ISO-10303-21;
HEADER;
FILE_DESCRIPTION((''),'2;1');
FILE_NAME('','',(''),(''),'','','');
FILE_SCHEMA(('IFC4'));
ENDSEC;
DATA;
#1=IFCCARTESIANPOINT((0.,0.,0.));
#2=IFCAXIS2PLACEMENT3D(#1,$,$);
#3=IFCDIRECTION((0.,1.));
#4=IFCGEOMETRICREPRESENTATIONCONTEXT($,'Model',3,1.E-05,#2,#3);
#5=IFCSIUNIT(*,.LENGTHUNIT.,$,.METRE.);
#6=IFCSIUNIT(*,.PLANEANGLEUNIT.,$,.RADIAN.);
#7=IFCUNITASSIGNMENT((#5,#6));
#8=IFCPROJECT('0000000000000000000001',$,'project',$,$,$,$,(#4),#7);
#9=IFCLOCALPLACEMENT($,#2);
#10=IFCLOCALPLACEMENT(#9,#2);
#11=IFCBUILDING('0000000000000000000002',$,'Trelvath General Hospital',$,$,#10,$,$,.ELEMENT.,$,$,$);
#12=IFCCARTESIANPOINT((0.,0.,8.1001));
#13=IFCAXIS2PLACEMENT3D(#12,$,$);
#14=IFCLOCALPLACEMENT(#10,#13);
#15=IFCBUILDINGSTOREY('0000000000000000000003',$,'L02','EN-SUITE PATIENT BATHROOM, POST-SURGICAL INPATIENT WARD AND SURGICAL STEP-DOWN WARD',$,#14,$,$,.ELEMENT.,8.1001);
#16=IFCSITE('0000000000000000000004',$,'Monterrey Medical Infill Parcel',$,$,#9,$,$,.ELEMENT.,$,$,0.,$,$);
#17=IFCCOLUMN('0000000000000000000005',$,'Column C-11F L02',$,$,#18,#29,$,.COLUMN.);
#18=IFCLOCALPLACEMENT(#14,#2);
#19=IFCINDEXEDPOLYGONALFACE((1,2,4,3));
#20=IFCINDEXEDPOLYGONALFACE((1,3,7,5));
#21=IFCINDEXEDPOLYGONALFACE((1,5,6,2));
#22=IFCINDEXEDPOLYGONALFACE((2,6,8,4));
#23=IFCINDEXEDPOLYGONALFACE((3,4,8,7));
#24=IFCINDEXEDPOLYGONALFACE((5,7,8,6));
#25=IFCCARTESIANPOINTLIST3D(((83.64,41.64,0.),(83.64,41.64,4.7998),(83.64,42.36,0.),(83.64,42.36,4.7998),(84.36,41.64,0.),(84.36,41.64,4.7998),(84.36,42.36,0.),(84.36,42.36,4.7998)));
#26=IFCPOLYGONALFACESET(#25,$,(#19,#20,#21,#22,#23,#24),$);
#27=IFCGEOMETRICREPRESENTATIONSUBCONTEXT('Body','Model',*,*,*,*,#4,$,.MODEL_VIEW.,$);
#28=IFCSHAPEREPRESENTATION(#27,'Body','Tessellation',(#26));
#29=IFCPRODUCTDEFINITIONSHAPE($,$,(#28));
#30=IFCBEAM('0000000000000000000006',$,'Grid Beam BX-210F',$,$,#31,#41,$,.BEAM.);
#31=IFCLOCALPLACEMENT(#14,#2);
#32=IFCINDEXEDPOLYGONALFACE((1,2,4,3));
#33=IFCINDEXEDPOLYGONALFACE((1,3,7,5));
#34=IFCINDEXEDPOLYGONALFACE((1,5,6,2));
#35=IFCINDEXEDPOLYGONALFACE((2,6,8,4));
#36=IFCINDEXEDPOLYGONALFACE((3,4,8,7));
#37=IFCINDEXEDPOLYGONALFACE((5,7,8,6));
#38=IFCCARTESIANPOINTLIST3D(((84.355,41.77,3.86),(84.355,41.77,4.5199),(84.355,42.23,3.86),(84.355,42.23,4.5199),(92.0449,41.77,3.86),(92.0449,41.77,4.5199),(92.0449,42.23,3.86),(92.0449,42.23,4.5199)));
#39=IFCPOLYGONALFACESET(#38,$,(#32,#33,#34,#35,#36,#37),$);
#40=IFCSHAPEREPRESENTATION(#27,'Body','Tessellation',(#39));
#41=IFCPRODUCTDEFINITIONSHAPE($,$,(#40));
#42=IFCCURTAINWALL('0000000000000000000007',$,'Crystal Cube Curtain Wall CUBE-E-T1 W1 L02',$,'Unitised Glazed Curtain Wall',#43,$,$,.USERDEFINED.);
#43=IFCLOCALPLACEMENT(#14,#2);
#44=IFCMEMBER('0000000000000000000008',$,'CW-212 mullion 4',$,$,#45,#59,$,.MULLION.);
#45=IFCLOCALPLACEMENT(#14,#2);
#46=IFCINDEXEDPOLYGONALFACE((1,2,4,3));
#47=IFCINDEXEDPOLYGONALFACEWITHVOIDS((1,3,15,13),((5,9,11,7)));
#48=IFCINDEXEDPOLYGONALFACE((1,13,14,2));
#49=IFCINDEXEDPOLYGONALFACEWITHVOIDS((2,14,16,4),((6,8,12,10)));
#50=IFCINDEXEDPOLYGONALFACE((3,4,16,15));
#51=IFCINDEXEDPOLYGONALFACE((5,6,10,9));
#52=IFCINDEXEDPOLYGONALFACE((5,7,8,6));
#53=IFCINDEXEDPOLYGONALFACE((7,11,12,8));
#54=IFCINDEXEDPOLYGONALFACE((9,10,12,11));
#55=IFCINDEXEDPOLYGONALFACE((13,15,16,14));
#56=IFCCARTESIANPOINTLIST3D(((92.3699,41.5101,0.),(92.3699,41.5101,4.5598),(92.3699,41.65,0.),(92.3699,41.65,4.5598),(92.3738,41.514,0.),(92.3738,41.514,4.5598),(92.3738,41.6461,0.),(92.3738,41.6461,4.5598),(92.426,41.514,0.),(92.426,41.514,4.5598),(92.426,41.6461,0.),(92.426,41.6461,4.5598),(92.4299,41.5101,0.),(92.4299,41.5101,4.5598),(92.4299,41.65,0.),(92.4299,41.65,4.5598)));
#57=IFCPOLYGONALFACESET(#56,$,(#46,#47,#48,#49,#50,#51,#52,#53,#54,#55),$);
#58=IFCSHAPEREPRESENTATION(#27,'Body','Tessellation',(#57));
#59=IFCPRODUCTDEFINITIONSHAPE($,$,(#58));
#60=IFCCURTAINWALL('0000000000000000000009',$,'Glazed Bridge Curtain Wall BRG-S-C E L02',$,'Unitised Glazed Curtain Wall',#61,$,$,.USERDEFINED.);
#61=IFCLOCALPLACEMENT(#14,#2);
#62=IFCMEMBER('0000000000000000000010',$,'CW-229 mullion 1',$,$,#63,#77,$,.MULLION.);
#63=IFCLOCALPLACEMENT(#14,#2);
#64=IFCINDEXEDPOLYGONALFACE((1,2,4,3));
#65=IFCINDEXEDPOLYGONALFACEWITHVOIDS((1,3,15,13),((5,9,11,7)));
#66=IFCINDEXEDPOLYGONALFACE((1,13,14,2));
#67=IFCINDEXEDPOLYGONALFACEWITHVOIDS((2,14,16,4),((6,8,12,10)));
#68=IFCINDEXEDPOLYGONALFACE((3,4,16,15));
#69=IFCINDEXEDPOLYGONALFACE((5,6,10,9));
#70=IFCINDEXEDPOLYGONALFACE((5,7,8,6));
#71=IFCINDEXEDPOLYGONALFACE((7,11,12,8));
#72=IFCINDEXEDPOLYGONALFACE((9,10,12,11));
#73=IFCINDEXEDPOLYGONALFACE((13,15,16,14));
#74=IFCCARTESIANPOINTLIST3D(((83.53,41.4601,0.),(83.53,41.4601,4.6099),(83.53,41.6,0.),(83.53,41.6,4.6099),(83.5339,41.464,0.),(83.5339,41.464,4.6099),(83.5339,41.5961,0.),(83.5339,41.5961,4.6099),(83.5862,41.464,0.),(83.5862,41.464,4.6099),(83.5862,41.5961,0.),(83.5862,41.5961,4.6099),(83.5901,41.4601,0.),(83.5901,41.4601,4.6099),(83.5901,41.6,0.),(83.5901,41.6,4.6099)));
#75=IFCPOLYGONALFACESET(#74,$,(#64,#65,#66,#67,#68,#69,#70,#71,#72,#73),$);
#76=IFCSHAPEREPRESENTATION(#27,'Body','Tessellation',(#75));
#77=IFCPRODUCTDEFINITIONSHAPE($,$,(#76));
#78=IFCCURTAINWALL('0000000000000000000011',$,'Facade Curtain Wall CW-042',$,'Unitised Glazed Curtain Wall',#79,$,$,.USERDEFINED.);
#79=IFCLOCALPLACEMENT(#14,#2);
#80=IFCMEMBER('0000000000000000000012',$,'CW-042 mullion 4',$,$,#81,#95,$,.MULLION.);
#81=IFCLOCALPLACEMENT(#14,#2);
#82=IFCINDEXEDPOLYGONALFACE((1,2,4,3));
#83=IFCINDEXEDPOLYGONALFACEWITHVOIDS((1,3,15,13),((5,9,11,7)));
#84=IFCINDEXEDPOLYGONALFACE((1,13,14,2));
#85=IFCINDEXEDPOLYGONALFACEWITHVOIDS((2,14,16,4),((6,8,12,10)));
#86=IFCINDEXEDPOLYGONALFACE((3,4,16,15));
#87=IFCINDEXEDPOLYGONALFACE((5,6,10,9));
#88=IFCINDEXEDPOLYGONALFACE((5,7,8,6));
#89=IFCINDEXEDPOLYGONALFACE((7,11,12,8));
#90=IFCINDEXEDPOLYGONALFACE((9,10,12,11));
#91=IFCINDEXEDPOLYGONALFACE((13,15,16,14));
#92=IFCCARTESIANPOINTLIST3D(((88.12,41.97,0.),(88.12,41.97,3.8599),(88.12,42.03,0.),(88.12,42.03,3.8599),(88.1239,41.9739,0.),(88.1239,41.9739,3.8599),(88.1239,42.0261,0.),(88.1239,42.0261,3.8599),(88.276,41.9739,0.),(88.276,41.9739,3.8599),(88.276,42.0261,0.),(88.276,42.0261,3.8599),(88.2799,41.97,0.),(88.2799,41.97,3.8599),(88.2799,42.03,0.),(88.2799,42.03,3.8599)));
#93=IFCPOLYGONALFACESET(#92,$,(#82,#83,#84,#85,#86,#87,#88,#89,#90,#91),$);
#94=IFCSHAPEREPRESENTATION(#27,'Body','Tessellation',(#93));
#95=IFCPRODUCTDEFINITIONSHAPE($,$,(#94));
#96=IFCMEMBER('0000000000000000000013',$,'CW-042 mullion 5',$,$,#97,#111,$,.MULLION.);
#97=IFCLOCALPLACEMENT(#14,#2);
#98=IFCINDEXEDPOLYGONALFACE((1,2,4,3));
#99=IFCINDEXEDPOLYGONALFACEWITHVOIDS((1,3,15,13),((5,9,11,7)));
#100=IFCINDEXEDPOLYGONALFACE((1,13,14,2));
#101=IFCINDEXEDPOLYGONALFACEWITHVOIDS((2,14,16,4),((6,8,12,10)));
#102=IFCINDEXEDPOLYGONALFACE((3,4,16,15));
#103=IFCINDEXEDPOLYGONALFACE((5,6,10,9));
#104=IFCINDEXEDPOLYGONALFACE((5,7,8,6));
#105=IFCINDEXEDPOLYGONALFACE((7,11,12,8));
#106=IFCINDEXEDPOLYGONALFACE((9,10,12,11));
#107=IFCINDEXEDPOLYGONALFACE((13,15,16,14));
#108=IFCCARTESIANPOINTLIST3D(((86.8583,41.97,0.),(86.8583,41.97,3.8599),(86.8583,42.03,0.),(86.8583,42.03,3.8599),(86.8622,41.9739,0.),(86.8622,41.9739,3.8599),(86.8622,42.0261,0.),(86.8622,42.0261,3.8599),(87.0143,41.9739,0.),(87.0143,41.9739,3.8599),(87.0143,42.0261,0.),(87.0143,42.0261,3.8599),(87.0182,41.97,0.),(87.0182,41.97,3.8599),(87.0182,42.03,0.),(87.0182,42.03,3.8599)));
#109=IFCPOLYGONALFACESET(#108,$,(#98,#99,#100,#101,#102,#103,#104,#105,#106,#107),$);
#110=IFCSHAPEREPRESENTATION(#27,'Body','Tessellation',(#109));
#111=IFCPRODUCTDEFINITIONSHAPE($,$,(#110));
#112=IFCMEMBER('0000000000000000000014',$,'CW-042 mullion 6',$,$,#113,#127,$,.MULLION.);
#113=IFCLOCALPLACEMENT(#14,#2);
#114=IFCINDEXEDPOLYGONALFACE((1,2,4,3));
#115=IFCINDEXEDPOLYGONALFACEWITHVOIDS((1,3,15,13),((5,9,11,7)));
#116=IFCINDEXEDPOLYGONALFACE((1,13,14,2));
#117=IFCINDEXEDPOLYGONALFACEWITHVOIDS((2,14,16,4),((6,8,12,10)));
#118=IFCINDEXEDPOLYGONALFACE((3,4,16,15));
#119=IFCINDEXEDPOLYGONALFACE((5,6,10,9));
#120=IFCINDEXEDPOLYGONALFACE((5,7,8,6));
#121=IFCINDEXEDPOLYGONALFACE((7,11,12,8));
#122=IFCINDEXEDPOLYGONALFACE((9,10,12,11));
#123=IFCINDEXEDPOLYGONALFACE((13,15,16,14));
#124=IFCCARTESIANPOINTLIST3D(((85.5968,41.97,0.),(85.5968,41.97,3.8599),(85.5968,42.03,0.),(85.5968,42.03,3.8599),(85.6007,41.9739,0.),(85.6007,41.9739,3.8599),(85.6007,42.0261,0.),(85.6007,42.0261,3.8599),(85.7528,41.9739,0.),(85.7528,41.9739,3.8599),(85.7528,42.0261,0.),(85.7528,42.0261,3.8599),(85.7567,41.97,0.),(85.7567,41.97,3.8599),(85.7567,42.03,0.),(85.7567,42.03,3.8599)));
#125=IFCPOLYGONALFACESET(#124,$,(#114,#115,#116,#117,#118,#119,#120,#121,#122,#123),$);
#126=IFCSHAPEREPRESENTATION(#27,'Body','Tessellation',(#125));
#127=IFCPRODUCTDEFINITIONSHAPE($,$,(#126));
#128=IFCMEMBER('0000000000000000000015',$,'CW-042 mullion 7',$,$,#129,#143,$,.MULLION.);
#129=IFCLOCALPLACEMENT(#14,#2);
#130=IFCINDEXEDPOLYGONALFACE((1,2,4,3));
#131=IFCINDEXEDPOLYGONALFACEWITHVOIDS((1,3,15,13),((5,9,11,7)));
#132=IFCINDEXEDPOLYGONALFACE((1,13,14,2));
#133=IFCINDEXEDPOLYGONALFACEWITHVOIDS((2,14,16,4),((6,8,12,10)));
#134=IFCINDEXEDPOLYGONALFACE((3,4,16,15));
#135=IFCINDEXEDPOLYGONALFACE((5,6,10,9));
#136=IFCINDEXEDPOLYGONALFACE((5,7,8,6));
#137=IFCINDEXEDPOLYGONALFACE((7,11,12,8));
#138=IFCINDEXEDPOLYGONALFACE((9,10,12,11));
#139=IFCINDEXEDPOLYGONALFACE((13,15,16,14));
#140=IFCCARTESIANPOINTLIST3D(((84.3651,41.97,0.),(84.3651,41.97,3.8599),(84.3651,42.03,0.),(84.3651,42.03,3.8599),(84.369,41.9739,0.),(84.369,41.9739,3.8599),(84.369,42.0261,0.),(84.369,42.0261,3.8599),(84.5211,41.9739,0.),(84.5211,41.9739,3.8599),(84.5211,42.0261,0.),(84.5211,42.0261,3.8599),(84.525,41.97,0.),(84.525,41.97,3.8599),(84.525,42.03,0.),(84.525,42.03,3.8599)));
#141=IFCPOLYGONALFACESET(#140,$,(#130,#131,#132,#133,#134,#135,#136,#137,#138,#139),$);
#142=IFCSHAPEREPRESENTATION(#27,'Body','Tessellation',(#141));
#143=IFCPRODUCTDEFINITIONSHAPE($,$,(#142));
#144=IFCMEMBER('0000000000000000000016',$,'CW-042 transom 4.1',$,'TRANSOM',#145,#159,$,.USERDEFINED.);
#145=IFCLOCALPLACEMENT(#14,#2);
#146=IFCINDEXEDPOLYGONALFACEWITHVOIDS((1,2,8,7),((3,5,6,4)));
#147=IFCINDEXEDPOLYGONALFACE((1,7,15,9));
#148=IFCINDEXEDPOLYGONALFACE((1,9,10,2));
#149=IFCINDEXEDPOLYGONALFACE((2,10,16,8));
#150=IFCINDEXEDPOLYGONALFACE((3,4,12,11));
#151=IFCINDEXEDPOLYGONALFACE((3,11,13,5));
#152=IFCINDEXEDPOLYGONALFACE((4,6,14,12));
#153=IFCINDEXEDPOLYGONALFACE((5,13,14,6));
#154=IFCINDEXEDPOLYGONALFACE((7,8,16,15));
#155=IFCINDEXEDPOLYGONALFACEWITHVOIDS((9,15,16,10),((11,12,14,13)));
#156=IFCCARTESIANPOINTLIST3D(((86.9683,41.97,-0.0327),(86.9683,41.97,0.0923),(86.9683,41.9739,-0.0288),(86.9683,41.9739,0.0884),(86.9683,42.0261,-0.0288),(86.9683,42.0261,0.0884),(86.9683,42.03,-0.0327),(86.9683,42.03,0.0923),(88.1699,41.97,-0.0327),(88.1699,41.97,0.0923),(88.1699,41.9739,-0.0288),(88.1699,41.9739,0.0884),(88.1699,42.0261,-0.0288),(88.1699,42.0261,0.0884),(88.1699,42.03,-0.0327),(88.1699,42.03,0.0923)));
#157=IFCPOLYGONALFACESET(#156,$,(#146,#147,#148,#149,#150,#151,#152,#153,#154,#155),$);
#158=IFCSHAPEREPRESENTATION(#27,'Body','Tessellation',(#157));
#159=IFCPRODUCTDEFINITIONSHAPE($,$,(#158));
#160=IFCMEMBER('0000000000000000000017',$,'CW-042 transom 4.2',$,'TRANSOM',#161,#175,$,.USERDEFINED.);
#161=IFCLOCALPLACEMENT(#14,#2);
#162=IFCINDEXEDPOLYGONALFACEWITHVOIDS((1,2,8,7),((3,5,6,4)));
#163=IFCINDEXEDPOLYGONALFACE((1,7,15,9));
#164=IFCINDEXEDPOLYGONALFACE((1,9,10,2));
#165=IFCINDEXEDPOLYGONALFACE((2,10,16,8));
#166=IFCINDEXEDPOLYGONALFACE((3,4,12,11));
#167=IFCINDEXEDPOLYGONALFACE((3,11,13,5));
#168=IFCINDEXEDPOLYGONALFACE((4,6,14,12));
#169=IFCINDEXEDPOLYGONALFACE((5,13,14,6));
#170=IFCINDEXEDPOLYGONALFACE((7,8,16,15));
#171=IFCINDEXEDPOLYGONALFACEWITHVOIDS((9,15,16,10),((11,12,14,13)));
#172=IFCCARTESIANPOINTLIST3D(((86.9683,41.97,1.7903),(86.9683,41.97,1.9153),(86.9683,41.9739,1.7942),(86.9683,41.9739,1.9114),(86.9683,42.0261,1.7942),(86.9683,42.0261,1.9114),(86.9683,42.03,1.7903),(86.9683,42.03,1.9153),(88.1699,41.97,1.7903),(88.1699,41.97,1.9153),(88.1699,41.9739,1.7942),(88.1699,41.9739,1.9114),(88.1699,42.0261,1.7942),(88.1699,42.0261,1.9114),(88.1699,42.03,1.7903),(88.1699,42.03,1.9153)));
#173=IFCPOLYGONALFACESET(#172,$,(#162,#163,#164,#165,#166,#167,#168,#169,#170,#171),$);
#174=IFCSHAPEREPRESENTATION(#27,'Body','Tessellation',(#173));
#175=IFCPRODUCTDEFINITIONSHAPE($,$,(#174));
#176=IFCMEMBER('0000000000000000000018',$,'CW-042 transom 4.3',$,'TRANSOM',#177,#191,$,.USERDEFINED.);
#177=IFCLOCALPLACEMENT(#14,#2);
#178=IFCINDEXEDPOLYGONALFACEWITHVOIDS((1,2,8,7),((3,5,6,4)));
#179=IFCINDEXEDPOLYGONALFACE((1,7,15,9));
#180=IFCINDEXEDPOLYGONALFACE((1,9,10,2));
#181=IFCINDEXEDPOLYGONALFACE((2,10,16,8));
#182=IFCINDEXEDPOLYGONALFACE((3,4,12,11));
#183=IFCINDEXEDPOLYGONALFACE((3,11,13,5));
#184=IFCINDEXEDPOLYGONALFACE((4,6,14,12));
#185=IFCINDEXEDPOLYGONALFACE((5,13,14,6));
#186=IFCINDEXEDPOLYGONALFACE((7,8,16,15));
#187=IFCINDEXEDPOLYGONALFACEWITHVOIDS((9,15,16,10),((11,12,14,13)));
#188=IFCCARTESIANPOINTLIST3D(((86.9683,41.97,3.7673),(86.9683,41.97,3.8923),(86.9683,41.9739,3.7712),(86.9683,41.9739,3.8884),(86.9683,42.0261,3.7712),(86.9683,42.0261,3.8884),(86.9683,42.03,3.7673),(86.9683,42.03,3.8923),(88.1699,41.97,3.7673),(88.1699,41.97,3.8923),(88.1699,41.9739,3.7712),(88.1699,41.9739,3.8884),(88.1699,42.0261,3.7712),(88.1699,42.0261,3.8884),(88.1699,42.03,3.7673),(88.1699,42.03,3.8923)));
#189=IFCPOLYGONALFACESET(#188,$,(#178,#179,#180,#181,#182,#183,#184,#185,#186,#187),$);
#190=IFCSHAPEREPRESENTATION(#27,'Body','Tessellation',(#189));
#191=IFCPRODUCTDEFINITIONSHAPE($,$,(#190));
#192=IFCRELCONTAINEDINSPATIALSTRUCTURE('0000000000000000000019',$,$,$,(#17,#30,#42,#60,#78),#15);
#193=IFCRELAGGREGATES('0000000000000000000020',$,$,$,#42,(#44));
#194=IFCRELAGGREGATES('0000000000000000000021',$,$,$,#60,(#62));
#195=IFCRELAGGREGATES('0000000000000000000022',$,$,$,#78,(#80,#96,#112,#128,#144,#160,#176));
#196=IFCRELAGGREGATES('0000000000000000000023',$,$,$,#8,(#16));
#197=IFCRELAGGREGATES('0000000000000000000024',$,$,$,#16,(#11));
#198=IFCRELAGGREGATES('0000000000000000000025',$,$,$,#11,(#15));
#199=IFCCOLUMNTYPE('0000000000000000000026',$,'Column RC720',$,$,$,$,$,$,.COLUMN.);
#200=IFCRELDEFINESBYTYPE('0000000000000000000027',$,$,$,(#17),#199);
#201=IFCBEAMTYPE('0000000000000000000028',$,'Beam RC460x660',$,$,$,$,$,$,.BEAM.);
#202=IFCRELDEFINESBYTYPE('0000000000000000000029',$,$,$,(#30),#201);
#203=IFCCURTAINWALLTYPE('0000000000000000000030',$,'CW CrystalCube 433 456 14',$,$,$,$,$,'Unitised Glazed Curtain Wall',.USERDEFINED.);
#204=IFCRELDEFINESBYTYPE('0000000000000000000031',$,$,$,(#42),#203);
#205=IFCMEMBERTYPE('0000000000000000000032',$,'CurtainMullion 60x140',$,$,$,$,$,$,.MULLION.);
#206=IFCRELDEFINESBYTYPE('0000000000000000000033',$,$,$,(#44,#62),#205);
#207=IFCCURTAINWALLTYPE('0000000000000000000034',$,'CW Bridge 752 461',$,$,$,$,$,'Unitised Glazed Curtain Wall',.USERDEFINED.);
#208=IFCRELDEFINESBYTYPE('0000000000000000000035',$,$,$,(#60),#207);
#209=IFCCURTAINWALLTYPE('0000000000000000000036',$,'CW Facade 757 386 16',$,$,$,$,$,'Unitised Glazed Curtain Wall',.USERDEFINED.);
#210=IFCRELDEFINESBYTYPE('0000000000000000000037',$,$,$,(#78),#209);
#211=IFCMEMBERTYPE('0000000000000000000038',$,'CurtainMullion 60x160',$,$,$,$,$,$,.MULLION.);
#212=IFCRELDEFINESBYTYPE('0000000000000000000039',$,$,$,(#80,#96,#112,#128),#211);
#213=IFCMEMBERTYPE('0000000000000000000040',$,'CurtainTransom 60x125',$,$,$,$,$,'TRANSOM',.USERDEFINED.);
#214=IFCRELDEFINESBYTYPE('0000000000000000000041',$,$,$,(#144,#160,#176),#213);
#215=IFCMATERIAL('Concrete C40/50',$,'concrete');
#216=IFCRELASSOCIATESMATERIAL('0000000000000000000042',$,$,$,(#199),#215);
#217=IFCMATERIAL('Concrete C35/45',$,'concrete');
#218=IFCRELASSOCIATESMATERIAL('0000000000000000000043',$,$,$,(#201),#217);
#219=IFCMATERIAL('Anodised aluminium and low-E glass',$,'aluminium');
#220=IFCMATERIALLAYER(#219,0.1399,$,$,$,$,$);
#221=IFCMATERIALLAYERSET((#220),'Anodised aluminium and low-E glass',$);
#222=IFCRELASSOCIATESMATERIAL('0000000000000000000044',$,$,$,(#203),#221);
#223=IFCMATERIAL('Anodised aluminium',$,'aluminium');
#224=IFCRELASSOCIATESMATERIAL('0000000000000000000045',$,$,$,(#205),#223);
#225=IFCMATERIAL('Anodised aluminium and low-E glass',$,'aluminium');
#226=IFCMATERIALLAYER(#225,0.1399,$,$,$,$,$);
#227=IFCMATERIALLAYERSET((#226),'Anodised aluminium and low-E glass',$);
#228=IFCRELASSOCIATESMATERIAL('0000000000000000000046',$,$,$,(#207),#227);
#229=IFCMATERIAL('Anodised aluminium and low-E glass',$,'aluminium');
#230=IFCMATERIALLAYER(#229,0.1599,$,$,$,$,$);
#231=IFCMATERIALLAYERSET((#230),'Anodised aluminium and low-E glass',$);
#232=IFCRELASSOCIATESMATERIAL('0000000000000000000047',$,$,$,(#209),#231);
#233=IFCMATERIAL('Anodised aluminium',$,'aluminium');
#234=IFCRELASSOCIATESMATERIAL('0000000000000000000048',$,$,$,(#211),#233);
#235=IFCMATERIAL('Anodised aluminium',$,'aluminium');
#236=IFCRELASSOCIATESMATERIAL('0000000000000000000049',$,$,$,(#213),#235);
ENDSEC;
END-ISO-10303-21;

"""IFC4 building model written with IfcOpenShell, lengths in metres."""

from ifc_helpers import new_model, si_unit, direction, frame, origin, origin_2d, place, context, subcontext, project, spatial, rectangle, hollow_rectangle, extrude, material, layer, layer_set, material_profile, profile_set, type_object, element, aggregate, save


model = new_model("IFC4")

# Units and contexts
model_context = context("Model", 3, precision=1e-05, world=origin(), true_north=direction((0.0, 1.0)))
body_context = subcontext(model_context, "Body", "Model", "MODEL_VIEW")
ifc_project = project(units=[si_unit("LENGTHUNIT", "METRE"), si_unit("PLANEANGLEUNIT", "RADIAN")], contexts=[model_context])

# Site, building, storey
site_placement = place(None, origin())
site = spatial("IfcSite", under=ifc_project, at=site_placement, Name="Monterrey Medical Infill Parcel", CompositionType="ELEMENT", RefElevation=0.0)
building_placement = place(site_placement, origin())
building = spatial("IfcBuilding", under=site, at=building_placement, Name="Trelvath General Hospital", CompositionType="ELEMENT")
storey_placement = place(building_placement, frame((0.0, 0.0, 8.1001)))
storey = spatial("IfcBuildingStorey", under=building, at=storey_placement, Name="L02", Description="EN-SUITE PATIENT BATHROOM, POST-SURGICAL INPATIENT WARD AND SURGICAL STEP-DOWN WARD", CompositionType="ELEMENT", Elevation=8.1001)

# Column
ifc_material_1 = material(Name="Concrete C40/50", Category="concrete")
ifc_material_profile_1 = material_profile(ifc_material_1, rectangle(XDim=0.72, YDim=0.72, at=origin_2d()), Name="RC720x720")
ifc_profile_set_1 = profile_set([ifc_material_profile_1], Name="Concrete C40/50")
column_type = type_object("IfcColumnType", Name="Column RC720", PredefinedType="COLUMN", material=ifc_profile_set_1)
column_placement = place(storey_placement, frame((84.0, 42.0, 0.0), z_axis=(0.0, 0.0, 1.0), x_axis=(1.0, 0.0, 0.0)))
element("IfcColumn", 1, at=column_placement, inside=storey, type_object=column_type, Name="Column C-11F L02", PredefinedType="COLUMN", context=body_context, shape_type="SweptSolid", body=[
    extrude(rectangle(XDim=0.72, YDim=0.72, at=origin_2d()), origin(), (0.0, 0.0, 1.0), 4.7998),
])

# Beam
ifc_material_2 = material(Name="Concrete C35/45", Category="concrete")
ifc_material_profile_2 = material_profile(ifc_material_2, rectangle(XDim=0.46, YDim=0.6599, at=origin_2d()), Name="RCB460x660")
ifc_profile_set_2 = profile_set([ifc_material_profile_2], Name="Concrete C35/45")
beam_type = type_object("IfcBeamType", Name="Beam RC460x660", PredefinedType="BEAM", material=ifc_profile_set_2)
beam_placement = place(storey_placement, frame((84.355, 42.0, 4.1899), z_axis=(1.0, 0.0, 0.0), x_axis=(0.0, 1.0, 0.0)))
element("IfcBeam", 2, at=beam_placement, inside=storey, type_object=beam_type, Name="Grid Beam BX-210F", PredefinedType="BEAM", context=body_context, shape_type="SweptSolid", body=[
    extrude(rectangle(XDim=0.46, YDim=0.6599, at=origin_2d()), origin(), (0.0, 0.0, 1.0), 7.6899),
])

# Curtain walls, members
ifc_material_3 = material(Name="Anodised aluminium and low-E glass", Category="aluminium")
ifc_layer_1 = layer(ifc_material_3, 0.1399)
ifc_layer_set_1 = layer_set([ifc_layer_1], Name="Anodised aluminium and low-E glass")
curtain_wall_type_1 = type_object("IfcCurtainWallType", Name="CW CrystalCube 433 456 14", ElementType="Unitised Glazed Curtain Wall", PredefinedType="USERDEFINED", material=ifc_layer_set_1)
curtain_wall_1_placement = place(storey_placement, origin())
curtain_wall_1 = element("IfcCurtainWall", 3, at=curtain_wall_1_placement, inside=storey, type_object=curtain_wall_type_1, Name="Crystal Cube Curtain Wall CUBE-E-T1 W1 L02", ObjectType="Unitised Glazed Curtain Wall", PredefinedType="USERDEFINED")
ifc_material_4 = material(Name="Anodised aluminium", Category="aluminium")
ifc_material_profile_3 = material_profile(ifc_material_4, hollow_rectangle(XDim=0.0601, YDim=0.1399, WallThickness=0.0039, at=origin_2d()), Name="RHS60x140x4")
ifc_profile_set_3 = profile_set([ifc_material_profile_3], Name="Anodised aluminium")
member_type_1 = type_object("IfcMemberType", Name="CurtainMullion 60x140", PredefinedType="MULLION", material=ifc_profile_set_3)
member_1_placement = place(storey_placement, frame((92.3999, 41.5801, 0.0), z_axis=(0.0, 0.0, 1.0), x_axis=(-1.0, 0.0, 0.0)))
member_1 = element("IfcMember", 4, at=member_1_placement, type_object=member_type_1, Name="CW-212 mullion 4", PredefinedType="MULLION", context=body_context, shape_type="SweptSolid", body=[
    extrude(hollow_rectangle(XDim=0.0601, YDim=0.1399, WallThickness=0.0039, at=origin_2d()), origin(), (0.0, 0.0, 1.0), 4.5598),
])
aggregate(curtain_wall_1, [member_1])
ifc_material_5 = material(Name="Anodised aluminium and low-E glass", Category="aluminium")
ifc_layer_2 = layer(ifc_material_5, 0.1399)
ifc_layer_set_2 = layer_set([ifc_layer_2], Name="Anodised aluminium and low-E glass")
curtain_wall_type_2 = type_object("IfcCurtainWallType", Name="CW Bridge 752 461", ElementType="Unitised Glazed Curtain Wall", PredefinedType="USERDEFINED", material=ifc_layer_set_2)
curtain_wall_2_placement = place(storey_placement, origin())
curtain_wall_2 = element("IfcCurtainWall", 5, at=curtain_wall_2_placement, inside=storey, type_object=curtain_wall_type_2, Name="Glazed Bridge Curtain Wall BRG-S-C E L02", ObjectType="Unitised Glazed Curtain Wall", PredefinedType="USERDEFINED")
member_2_placement = place(storey_placement, frame((83.5601, 41.53, 0.0), z_axis=(0.0, 0.0, 1.0), x_axis=(1.0, 0.0, 0.0)))
member_2 = element("IfcMember", 6, at=member_2_placement, type_object=member_type_1, Name="CW-229 mullion 1", PredefinedType="MULLION", context=body_context, shape_type="SweptSolid", body=[
    extrude(hollow_rectangle(XDim=0.0601, YDim=0.1399, WallThickness=0.0039, at=origin_2d()), origin(), (0.0, 0.0, 1.0), 4.6099),
])
aggregate(curtain_wall_2, [member_2])

# Curtain wall, members
ifc_material_6 = material(Name="Anodised aluminium and low-E glass", Category="aluminium")
ifc_layer_3 = layer(ifc_material_6, 0.1599)
ifc_layer_set_3 = layer_set([ifc_layer_3], Name="Anodised aluminium and low-E glass")
curtain_wall_type_3 = type_object("IfcCurtainWallType", Name="CW Facade 757 386 16", ElementType="Unitised Glazed Curtain Wall", PredefinedType="USERDEFINED", material=ifc_layer_set_3)
curtain_wall_3_placement = place(storey_placement, origin())
curtain_wall_3 = element("IfcCurtainWall", 7, at=curtain_wall_3_placement, inside=storey, type_object=curtain_wall_type_3, Name="Facade Curtain Wall CW-042", ObjectType="Unitised Glazed Curtain Wall", PredefinedType="USERDEFINED")
ifc_material_7 = material(Name="Anodised aluminium", Category="aluminium")
ifc_material_profile_4 = material_profile(ifc_material_7, hollow_rectangle(XDim=0.0601, YDim=0.1599, WallThickness=0.0039, at=origin_2d()), Name="RHS60x160x4")
ifc_profile_set_4 = profile_set([ifc_material_profile_4], Name="Anodised aluminium")
member_type_2 = type_object("IfcMemberType", Name="CurtainMullion 60x160", PredefinedType="MULLION", material=ifc_profile_set_4)
member_3_placement = place(storey_placement, frame((88.2, 42.0, 0.0), z_axis=(0.0, 0.0, 1.0), x_axis=(0.0, -1.0, 0.0)))
member_3 = element("IfcMember", 8, at=member_3_placement, type_object=member_type_2, Name="CW-042 mullion 4", PredefinedType="MULLION", context=body_context, shape_type="SweptSolid", body=[
    extrude(hollow_rectangle(XDim=0.0601, YDim=0.1599, WallThickness=0.0039, at=origin_2d()), origin(), (0.0, 0.0, 1.0), 3.8599),
])
member_4_placement = place(storey_placement, frame((86.9382, 42.0, 0.0), z_axis=(0.0, 0.0, 1.0), x_axis=(0.0, -1.0, 0.0)))
member_4 = element("IfcMember", 9, at=member_4_placement, type_object=member_type_2, Name="CW-042 mullion 5", PredefinedType="MULLION", context=body_context, shape_type="SweptSolid", body=[
    extrude(hollow_rectangle(XDim=0.0601, YDim=0.1599, WallThickness=0.0039, at=origin_2d()), origin(), (0.0, 0.0, 1.0), 3.8599),
])
member_5_placement = place(storey_placement, frame((85.6768, 42.0, 0.0), z_axis=(0.0, 0.0, 1.0), x_axis=(0.0, -1.0, 0.0)))
member_5 = element("IfcMember", 10, at=member_5_placement, type_object=member_type_2, Name="CW-042 mullion 6", PredefinedType="MULLION", context=body_context, shape_type="SweptSolid", body=[
    extrude(hollow_rectangle(XDim=0.0601, YDim=0.1599, WallThickness=0.0039, at=origin_2d()), origin(), (0.0, 0.0, 1.0), 3.8599),
])
member_6_placement = place(storey_placement, frame((84.4451, 42.0, 0.0), z_axis=(0.0, 0.0, 1.0), x_axis=(0.0, -1.0, 0.0)))
member_6 = element("IfcMember", 11, at=member_6_placement, type_object=member_type_2, Name="CW-042 mullion 7", PredefinedType="MULLION", context=body_context, shape_type="SweptSolid", body=[
    extrude(hollow_rectangle(XDim=0.0601, YDim=0.1599, WallThickness=0.0039, at=origin_2d()), origin(), (0.0, 0.0, 1.0), 3.8599),
])
ifc_material_8 = material(Name="Anodised aluminium", Category="aluminium")
ifc_material_profile_5 = material_profile(ifc_material_8, hollow_rectangle(XDim=0.0601, YDim=0.125, WallThickness=0.0039, at=origin_2d()), Name="RHS60x125x4")
ifc_profile_set_5 = profile_set([ifc_material_profile_5], Name="Anodised aluminium")
member_type_3 = type_object("IfcMemberType", Name="CurtainTransom 60x125", ElementType="TRANSOM", PredefinedType="USERDEFINED", material=ifc_profile_set_5)
member_7_placement = place(storey_placement, frame((88.1699, 42.0, 0.0298), z_axis=(-1.0, 0.0, 0.0), x_axis=(0.0, -1.0, 0.0)))
member_7 = element("IfcMember", 12, at=member_7_placement, type_object=member_type_3, Name="CW-042 transom 4.1", ObjectType="TRANSOM", PredefinedType="USERDEFINED", context=body_context, shape_type="SweptSolid", body=[
    extrude(hollow_rectangle(XDim=0.0601, YDim=0.125, WallThickness=0.0039, at=origin_2d()), origin(), (0.0, 0.0, 1.0), 1.2017),
])
member_8_placement = place(storey_placement, frame((88.1699, 42.0, 1.8528), z_axis=(-1.0, 0.0, 0.0), x_axis=(0.0, -1.0, 0.0)))
member_8 = element("IfcMember", 13, at=member_8_placement, type_object=member_type_3, Name="CW-042 transom 4.2", ObjectType="TRANSOM", PredefinedType="USERDEFINED", context=body_context, shape_type="SweptSolid", body=[
    extrude(hollow_rectangle(XDim=0.0601, YDim=0.125, WallThickness=0.0039, at=origin_2d()), origin(), (0.0, 0.0, 1.0), 1.2017),
])
member_9_placement = place(storey_placement, frame((88.1699, 42.0, 3.8298), z_axis=(-1.0, 0.0, 0.0), x_axis=(0.0, -1.0, 0.0)))
member_9 = element("IfcMember", 14, at=member_9_placement, type_object=member_type_3, Name="CW-042 transom 4.3", ObjectType="TRANSOM", PredefinedType="USERDEFINED", context=body_context, shape_type="SweptSolid", body=[
    extrude(hollow_rectangle(XDim=0.0601, YDim=0.125, WallThickness=0.0039, at=origin_2d()), origin(), (0.0, 0.0, 1.0), 1.2017),
])

aggregate(curtain_wall_3, [member_3, member_4, member_5, member_6, member_7, member_8, member_9])

save(model, "model.ifc")
